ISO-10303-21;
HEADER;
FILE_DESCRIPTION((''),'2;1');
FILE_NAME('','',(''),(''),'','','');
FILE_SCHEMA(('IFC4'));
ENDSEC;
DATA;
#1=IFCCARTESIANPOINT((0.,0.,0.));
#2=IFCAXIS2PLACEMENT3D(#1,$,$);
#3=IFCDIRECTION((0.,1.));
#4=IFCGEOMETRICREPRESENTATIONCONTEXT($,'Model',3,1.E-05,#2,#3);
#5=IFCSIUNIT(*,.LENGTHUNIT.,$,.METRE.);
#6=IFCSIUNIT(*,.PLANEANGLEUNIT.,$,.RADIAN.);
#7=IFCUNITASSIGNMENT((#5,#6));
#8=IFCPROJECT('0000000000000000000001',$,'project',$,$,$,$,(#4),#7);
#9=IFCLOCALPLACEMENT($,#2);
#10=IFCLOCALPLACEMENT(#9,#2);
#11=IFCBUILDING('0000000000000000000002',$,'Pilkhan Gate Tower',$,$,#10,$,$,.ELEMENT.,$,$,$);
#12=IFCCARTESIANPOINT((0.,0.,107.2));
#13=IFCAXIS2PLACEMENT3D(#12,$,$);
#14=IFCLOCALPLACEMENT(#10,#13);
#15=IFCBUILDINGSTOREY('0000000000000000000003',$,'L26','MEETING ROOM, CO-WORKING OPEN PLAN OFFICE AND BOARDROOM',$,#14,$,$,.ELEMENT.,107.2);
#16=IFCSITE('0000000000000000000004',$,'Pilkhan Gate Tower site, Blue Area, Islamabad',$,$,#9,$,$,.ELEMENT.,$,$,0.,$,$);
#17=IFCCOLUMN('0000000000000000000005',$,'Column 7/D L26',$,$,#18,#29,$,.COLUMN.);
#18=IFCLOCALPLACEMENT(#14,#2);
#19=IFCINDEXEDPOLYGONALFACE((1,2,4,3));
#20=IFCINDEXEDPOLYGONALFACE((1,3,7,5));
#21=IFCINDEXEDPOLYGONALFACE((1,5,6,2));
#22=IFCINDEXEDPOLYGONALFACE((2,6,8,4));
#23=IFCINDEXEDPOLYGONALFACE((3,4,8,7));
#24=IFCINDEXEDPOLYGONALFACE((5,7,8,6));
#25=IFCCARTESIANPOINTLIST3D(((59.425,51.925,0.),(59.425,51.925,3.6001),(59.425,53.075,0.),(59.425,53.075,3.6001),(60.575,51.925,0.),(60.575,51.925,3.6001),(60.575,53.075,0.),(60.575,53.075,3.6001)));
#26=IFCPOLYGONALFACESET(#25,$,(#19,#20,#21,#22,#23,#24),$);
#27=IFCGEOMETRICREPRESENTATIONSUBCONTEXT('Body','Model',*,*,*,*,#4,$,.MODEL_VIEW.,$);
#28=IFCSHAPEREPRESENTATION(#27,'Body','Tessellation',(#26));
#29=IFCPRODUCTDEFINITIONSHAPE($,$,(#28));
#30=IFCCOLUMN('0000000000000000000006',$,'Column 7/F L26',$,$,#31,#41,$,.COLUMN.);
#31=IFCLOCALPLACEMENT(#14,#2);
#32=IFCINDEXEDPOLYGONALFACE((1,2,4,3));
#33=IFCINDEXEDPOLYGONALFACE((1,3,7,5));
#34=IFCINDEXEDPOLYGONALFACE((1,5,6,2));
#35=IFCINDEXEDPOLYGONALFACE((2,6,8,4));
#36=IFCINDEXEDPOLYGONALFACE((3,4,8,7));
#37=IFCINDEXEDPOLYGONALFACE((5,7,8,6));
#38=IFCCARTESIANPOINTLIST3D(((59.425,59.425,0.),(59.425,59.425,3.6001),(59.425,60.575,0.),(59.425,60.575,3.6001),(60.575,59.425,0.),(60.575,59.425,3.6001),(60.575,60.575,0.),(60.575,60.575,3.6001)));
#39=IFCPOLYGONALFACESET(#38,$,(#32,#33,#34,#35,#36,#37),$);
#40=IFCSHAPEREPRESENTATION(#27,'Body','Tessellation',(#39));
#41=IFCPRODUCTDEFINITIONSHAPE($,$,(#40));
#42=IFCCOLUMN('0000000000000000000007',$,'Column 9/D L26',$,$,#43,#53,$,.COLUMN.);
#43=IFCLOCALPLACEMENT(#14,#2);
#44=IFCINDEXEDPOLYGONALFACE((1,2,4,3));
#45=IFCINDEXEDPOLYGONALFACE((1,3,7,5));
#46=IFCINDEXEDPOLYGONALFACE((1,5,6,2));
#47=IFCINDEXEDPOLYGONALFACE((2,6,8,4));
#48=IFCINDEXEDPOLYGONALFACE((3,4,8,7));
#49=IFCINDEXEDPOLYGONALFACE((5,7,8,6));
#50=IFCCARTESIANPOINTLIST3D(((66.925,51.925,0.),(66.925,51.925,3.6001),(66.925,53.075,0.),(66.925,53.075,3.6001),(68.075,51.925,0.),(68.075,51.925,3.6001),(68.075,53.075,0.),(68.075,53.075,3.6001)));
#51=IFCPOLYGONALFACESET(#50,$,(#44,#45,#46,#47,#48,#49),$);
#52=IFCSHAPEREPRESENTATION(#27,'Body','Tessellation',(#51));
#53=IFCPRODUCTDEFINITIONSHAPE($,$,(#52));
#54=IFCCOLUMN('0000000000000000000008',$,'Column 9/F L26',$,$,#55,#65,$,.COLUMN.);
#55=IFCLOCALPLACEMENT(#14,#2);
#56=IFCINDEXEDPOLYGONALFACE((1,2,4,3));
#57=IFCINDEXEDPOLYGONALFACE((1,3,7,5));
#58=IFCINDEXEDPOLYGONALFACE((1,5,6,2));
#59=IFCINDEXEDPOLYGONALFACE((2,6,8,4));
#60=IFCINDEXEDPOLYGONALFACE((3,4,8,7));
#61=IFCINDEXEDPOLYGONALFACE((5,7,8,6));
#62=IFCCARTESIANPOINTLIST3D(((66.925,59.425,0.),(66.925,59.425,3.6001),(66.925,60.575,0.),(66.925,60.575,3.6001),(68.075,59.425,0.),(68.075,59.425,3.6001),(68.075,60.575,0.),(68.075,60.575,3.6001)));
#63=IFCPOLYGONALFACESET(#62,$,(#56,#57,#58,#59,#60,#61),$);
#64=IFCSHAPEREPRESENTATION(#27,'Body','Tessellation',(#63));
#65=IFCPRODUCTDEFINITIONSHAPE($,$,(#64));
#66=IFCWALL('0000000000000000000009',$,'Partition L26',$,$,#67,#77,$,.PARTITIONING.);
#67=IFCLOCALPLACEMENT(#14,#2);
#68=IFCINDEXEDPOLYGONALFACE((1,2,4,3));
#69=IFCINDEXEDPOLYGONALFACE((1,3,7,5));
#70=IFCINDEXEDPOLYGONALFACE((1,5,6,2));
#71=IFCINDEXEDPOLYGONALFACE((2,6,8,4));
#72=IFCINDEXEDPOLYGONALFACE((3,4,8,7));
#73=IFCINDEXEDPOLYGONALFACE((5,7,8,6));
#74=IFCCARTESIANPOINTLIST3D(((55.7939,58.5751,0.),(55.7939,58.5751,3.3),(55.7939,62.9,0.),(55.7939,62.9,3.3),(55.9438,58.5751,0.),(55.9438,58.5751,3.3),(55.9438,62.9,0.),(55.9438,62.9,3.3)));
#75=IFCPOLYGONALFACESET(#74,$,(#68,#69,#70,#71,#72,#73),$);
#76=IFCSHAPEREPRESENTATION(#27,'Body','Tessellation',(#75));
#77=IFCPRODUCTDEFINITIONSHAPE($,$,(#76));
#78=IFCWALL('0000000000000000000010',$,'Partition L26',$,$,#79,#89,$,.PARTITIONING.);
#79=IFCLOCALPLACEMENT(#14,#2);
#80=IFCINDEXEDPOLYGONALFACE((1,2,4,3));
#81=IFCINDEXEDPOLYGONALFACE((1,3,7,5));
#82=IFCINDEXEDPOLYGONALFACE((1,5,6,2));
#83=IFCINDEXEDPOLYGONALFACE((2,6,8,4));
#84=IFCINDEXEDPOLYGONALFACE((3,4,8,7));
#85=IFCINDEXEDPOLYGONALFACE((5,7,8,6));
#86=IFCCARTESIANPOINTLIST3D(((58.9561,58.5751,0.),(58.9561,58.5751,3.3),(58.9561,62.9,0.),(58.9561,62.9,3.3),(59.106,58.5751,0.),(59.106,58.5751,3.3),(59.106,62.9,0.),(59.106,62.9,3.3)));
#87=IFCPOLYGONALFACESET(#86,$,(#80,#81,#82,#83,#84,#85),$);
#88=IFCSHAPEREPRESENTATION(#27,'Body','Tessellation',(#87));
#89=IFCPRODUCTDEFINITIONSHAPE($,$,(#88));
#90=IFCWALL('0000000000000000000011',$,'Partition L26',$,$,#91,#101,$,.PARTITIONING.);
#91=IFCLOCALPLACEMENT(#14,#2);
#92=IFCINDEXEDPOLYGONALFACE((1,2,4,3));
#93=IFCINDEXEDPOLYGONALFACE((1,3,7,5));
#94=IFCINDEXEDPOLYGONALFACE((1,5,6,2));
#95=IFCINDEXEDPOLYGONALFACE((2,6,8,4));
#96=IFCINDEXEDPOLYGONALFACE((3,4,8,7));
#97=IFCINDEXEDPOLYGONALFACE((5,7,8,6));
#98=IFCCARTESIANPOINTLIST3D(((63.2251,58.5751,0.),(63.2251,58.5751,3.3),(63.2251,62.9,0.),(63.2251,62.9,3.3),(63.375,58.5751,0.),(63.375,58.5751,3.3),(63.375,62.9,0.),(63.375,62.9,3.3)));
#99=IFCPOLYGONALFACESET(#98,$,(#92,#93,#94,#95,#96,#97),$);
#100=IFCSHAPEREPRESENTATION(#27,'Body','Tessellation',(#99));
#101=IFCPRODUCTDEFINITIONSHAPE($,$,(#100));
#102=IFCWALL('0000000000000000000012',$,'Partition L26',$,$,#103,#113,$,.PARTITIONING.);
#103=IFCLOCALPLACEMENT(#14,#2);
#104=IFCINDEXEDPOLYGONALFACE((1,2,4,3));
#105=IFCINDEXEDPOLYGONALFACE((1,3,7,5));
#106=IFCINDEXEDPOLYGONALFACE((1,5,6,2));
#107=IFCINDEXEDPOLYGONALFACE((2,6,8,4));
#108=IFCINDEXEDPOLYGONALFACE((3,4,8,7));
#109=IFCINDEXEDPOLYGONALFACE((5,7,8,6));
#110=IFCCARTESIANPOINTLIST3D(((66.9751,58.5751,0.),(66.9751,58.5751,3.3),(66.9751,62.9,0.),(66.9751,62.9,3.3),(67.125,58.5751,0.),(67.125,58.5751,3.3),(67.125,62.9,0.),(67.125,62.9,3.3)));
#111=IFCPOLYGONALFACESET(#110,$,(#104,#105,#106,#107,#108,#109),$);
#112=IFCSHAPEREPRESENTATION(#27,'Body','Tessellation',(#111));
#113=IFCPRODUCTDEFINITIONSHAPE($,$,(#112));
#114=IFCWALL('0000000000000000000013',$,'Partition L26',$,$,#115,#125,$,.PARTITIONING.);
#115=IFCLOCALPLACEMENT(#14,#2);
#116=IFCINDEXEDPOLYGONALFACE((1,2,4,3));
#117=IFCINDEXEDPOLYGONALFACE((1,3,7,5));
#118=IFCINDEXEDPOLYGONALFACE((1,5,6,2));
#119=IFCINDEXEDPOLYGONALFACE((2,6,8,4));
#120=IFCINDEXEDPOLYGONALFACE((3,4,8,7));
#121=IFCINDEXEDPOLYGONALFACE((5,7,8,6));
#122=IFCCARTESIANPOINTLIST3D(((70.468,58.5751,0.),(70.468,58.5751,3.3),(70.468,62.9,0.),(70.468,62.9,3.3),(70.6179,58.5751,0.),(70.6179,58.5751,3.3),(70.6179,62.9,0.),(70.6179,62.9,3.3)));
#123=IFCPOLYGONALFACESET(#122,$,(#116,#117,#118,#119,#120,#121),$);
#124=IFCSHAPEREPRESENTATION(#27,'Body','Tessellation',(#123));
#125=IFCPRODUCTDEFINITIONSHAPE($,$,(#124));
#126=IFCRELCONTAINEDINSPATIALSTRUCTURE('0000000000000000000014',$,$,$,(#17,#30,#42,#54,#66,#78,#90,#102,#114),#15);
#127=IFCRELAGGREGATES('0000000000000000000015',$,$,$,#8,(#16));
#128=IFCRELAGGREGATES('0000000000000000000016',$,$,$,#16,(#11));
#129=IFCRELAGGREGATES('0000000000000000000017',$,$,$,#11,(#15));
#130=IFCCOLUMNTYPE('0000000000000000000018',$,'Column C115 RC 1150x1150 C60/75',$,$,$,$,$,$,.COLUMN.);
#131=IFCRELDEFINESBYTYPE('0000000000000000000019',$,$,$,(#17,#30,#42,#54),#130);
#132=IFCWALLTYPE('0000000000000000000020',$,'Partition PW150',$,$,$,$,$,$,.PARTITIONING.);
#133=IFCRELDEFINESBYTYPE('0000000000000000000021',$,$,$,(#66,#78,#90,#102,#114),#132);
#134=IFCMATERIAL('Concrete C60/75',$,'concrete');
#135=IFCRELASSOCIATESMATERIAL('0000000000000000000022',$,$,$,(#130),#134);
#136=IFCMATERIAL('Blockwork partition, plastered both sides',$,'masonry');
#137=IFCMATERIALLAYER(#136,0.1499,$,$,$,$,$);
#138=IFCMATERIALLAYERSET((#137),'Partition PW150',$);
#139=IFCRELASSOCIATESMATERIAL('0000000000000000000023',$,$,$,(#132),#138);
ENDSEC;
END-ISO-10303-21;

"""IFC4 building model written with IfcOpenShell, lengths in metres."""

from ifc_helpers import new_model, si_unit, direction, frame, frame_2d, origin, origin_2d, place, context, subcontext, project, spatial, rectangle, extrude, material, layer, layer_set, material_profile, profile_set, type_object, element, save


model = new_model("IFC4")

# Units and contexts
model_context = context("Model", 3, precision=1e-05, world=origin(), true_north=direction((0.0, 1.0)))
body_context = subcontext(model_context, "Body", "Model", "MODEL_VIEW")
ifc_project = project(units=[si_unit("LENGTHUNIT", "METRE"), si_unit("PLANEANGLEUNIT", "RADIAN")], contexts=[model_context])

# Site, building, storey
site_placement = place(None, origin())
site = spatial("IfcSite", under=ifc_project, at=site_placement, Name="Pilkhan Gate Tower site, Blue Area, Islamabad", CompositionType="ELEMENT", RefElevation=0.0)
building_placement = place(site_placement, origin())
building = spatial("IfcBuilding", under=site, at=building_placement, Name="Pilkhan Gate Tower", CompositionType="ELEMENT")
storey_placement = place(building_placement, frame((0.0, 0.0, 107.2)))
storey = spatial("IfcBuildingStorey", under=building, at=storey_placement, Name="L26", Description="MEETING ROOM, CO-WORKING OPEN PLAN OFFICE AND BOARDROOM", CompositionType="ELEMENT", Elevation=107.2)

# Columns
ifc_material_1 = material(Name="Concrete C60/75", Category="concrete")
ifc_material_profile = material_profile(ifc_material_1, rectangle(XDim=1.1499, YDim=1.1499, at=origin_2d()), Name="RC 1150x1150")
ifc_profile_set = profile_set([ifc_material_profile], Name="Concrete C60/75")
column_type = type_object("IfcColumnType", Name="Column C115 RC 1150x1150 C60/75", PredefinedType="COLUMN", material=ifc_profile_set)
for number, where, z_axis, x_axis, name in (
    (1, (60.0, 52.5, 0.0), (0.0, 0.0, 1.0), (1.0, 0.0, 0.0), "Column 7/D L26"),
    (2, (60.0, 60.0, 0.0), (0.0, 0.0, 1.0), (1.0, 0.0, 0.0), "Column 7/F L26"),
    (3, (67.5, 52.5, 0.0), (0.0, 0.0, 1.0), (1.0, 0.0, 0.0), "Column 9/D L26"),
    (4, (67.5, 60.0, 0.0), (0.0, 0.0, 1.0), (1.0, 0.0, 0.0), "Column 9/F L26"),
):
    element("IfcColumn", number, at=place(storey_placement, frame(where, z_axis=z_axis, x_axis=x_axis)), inside=storey, type_object=column_type, Name=name, PredefinedType="COLUMN", context=body_context, shape_type="SweptSolid", body=[
        extrude(rectangle(XDim=1.1499, YDim=1.1499, at=origin_2d()), origin(), (0.0, 0.0, 1.0), 3.6001),
    ])

# Walls
ifc_material_2 = material(Name="Blockwork partition, plastered both sides", Category="masonry")
ifc_layer = layer(ifc_material_2, 0.1499)
ifc_layer_set = layer_set([ifc_layer], Name="Partition PW150")
wall_type = type_object("IfcWallType", Name="Partition PW150", PredefinedType="PARTITIONING", material=ifc_layer_set)
for number, where, z_axis, x_axis, name in (
    (5, (55.8689, 58.575, 0.0), (0.0, 0.0, 1.0), (0.0, 1.0, 0.0), "Partition L26"),
    (6, (59.031, 58.575, 0.0), (0.0, 0.0, 1.0), (0.0, 1.0, 0.0), "Partition L26"),
    (7, (63.3, 58.575, 0.0), (0.0, 0.0, 1.0), (0.0, 1.0, 0.0), "Partition L26"),
    (8, (67.05, 58.575, 0.0), (0.0, 0.0, 1.0), (0.0, 1.0, 0.0), "Partition L26"),
    (9, (70.543, 58.575, 0.0), (0.0, 0.0, 1.0), (0.0, 1.0, 0.0), "Partition L26"),
):
    element("IfcWall", number, at=place(storey_placement, frame(where, z_axis=z_axis, x_axis=x_axis)), inside=storey, type_object=wall_type, Name=name, PredefinedType="PARTITIONING", context=body_context, shape_type="SweptSolid", body=[
        extrude(rectangle(XDim=4.325, YDim=0.1499, at=frame_2d((2.1626, 0.0))), origin(), (0.0, 0.0, 1.0), 3.3),
    ])

save(model, "model.ifc")
